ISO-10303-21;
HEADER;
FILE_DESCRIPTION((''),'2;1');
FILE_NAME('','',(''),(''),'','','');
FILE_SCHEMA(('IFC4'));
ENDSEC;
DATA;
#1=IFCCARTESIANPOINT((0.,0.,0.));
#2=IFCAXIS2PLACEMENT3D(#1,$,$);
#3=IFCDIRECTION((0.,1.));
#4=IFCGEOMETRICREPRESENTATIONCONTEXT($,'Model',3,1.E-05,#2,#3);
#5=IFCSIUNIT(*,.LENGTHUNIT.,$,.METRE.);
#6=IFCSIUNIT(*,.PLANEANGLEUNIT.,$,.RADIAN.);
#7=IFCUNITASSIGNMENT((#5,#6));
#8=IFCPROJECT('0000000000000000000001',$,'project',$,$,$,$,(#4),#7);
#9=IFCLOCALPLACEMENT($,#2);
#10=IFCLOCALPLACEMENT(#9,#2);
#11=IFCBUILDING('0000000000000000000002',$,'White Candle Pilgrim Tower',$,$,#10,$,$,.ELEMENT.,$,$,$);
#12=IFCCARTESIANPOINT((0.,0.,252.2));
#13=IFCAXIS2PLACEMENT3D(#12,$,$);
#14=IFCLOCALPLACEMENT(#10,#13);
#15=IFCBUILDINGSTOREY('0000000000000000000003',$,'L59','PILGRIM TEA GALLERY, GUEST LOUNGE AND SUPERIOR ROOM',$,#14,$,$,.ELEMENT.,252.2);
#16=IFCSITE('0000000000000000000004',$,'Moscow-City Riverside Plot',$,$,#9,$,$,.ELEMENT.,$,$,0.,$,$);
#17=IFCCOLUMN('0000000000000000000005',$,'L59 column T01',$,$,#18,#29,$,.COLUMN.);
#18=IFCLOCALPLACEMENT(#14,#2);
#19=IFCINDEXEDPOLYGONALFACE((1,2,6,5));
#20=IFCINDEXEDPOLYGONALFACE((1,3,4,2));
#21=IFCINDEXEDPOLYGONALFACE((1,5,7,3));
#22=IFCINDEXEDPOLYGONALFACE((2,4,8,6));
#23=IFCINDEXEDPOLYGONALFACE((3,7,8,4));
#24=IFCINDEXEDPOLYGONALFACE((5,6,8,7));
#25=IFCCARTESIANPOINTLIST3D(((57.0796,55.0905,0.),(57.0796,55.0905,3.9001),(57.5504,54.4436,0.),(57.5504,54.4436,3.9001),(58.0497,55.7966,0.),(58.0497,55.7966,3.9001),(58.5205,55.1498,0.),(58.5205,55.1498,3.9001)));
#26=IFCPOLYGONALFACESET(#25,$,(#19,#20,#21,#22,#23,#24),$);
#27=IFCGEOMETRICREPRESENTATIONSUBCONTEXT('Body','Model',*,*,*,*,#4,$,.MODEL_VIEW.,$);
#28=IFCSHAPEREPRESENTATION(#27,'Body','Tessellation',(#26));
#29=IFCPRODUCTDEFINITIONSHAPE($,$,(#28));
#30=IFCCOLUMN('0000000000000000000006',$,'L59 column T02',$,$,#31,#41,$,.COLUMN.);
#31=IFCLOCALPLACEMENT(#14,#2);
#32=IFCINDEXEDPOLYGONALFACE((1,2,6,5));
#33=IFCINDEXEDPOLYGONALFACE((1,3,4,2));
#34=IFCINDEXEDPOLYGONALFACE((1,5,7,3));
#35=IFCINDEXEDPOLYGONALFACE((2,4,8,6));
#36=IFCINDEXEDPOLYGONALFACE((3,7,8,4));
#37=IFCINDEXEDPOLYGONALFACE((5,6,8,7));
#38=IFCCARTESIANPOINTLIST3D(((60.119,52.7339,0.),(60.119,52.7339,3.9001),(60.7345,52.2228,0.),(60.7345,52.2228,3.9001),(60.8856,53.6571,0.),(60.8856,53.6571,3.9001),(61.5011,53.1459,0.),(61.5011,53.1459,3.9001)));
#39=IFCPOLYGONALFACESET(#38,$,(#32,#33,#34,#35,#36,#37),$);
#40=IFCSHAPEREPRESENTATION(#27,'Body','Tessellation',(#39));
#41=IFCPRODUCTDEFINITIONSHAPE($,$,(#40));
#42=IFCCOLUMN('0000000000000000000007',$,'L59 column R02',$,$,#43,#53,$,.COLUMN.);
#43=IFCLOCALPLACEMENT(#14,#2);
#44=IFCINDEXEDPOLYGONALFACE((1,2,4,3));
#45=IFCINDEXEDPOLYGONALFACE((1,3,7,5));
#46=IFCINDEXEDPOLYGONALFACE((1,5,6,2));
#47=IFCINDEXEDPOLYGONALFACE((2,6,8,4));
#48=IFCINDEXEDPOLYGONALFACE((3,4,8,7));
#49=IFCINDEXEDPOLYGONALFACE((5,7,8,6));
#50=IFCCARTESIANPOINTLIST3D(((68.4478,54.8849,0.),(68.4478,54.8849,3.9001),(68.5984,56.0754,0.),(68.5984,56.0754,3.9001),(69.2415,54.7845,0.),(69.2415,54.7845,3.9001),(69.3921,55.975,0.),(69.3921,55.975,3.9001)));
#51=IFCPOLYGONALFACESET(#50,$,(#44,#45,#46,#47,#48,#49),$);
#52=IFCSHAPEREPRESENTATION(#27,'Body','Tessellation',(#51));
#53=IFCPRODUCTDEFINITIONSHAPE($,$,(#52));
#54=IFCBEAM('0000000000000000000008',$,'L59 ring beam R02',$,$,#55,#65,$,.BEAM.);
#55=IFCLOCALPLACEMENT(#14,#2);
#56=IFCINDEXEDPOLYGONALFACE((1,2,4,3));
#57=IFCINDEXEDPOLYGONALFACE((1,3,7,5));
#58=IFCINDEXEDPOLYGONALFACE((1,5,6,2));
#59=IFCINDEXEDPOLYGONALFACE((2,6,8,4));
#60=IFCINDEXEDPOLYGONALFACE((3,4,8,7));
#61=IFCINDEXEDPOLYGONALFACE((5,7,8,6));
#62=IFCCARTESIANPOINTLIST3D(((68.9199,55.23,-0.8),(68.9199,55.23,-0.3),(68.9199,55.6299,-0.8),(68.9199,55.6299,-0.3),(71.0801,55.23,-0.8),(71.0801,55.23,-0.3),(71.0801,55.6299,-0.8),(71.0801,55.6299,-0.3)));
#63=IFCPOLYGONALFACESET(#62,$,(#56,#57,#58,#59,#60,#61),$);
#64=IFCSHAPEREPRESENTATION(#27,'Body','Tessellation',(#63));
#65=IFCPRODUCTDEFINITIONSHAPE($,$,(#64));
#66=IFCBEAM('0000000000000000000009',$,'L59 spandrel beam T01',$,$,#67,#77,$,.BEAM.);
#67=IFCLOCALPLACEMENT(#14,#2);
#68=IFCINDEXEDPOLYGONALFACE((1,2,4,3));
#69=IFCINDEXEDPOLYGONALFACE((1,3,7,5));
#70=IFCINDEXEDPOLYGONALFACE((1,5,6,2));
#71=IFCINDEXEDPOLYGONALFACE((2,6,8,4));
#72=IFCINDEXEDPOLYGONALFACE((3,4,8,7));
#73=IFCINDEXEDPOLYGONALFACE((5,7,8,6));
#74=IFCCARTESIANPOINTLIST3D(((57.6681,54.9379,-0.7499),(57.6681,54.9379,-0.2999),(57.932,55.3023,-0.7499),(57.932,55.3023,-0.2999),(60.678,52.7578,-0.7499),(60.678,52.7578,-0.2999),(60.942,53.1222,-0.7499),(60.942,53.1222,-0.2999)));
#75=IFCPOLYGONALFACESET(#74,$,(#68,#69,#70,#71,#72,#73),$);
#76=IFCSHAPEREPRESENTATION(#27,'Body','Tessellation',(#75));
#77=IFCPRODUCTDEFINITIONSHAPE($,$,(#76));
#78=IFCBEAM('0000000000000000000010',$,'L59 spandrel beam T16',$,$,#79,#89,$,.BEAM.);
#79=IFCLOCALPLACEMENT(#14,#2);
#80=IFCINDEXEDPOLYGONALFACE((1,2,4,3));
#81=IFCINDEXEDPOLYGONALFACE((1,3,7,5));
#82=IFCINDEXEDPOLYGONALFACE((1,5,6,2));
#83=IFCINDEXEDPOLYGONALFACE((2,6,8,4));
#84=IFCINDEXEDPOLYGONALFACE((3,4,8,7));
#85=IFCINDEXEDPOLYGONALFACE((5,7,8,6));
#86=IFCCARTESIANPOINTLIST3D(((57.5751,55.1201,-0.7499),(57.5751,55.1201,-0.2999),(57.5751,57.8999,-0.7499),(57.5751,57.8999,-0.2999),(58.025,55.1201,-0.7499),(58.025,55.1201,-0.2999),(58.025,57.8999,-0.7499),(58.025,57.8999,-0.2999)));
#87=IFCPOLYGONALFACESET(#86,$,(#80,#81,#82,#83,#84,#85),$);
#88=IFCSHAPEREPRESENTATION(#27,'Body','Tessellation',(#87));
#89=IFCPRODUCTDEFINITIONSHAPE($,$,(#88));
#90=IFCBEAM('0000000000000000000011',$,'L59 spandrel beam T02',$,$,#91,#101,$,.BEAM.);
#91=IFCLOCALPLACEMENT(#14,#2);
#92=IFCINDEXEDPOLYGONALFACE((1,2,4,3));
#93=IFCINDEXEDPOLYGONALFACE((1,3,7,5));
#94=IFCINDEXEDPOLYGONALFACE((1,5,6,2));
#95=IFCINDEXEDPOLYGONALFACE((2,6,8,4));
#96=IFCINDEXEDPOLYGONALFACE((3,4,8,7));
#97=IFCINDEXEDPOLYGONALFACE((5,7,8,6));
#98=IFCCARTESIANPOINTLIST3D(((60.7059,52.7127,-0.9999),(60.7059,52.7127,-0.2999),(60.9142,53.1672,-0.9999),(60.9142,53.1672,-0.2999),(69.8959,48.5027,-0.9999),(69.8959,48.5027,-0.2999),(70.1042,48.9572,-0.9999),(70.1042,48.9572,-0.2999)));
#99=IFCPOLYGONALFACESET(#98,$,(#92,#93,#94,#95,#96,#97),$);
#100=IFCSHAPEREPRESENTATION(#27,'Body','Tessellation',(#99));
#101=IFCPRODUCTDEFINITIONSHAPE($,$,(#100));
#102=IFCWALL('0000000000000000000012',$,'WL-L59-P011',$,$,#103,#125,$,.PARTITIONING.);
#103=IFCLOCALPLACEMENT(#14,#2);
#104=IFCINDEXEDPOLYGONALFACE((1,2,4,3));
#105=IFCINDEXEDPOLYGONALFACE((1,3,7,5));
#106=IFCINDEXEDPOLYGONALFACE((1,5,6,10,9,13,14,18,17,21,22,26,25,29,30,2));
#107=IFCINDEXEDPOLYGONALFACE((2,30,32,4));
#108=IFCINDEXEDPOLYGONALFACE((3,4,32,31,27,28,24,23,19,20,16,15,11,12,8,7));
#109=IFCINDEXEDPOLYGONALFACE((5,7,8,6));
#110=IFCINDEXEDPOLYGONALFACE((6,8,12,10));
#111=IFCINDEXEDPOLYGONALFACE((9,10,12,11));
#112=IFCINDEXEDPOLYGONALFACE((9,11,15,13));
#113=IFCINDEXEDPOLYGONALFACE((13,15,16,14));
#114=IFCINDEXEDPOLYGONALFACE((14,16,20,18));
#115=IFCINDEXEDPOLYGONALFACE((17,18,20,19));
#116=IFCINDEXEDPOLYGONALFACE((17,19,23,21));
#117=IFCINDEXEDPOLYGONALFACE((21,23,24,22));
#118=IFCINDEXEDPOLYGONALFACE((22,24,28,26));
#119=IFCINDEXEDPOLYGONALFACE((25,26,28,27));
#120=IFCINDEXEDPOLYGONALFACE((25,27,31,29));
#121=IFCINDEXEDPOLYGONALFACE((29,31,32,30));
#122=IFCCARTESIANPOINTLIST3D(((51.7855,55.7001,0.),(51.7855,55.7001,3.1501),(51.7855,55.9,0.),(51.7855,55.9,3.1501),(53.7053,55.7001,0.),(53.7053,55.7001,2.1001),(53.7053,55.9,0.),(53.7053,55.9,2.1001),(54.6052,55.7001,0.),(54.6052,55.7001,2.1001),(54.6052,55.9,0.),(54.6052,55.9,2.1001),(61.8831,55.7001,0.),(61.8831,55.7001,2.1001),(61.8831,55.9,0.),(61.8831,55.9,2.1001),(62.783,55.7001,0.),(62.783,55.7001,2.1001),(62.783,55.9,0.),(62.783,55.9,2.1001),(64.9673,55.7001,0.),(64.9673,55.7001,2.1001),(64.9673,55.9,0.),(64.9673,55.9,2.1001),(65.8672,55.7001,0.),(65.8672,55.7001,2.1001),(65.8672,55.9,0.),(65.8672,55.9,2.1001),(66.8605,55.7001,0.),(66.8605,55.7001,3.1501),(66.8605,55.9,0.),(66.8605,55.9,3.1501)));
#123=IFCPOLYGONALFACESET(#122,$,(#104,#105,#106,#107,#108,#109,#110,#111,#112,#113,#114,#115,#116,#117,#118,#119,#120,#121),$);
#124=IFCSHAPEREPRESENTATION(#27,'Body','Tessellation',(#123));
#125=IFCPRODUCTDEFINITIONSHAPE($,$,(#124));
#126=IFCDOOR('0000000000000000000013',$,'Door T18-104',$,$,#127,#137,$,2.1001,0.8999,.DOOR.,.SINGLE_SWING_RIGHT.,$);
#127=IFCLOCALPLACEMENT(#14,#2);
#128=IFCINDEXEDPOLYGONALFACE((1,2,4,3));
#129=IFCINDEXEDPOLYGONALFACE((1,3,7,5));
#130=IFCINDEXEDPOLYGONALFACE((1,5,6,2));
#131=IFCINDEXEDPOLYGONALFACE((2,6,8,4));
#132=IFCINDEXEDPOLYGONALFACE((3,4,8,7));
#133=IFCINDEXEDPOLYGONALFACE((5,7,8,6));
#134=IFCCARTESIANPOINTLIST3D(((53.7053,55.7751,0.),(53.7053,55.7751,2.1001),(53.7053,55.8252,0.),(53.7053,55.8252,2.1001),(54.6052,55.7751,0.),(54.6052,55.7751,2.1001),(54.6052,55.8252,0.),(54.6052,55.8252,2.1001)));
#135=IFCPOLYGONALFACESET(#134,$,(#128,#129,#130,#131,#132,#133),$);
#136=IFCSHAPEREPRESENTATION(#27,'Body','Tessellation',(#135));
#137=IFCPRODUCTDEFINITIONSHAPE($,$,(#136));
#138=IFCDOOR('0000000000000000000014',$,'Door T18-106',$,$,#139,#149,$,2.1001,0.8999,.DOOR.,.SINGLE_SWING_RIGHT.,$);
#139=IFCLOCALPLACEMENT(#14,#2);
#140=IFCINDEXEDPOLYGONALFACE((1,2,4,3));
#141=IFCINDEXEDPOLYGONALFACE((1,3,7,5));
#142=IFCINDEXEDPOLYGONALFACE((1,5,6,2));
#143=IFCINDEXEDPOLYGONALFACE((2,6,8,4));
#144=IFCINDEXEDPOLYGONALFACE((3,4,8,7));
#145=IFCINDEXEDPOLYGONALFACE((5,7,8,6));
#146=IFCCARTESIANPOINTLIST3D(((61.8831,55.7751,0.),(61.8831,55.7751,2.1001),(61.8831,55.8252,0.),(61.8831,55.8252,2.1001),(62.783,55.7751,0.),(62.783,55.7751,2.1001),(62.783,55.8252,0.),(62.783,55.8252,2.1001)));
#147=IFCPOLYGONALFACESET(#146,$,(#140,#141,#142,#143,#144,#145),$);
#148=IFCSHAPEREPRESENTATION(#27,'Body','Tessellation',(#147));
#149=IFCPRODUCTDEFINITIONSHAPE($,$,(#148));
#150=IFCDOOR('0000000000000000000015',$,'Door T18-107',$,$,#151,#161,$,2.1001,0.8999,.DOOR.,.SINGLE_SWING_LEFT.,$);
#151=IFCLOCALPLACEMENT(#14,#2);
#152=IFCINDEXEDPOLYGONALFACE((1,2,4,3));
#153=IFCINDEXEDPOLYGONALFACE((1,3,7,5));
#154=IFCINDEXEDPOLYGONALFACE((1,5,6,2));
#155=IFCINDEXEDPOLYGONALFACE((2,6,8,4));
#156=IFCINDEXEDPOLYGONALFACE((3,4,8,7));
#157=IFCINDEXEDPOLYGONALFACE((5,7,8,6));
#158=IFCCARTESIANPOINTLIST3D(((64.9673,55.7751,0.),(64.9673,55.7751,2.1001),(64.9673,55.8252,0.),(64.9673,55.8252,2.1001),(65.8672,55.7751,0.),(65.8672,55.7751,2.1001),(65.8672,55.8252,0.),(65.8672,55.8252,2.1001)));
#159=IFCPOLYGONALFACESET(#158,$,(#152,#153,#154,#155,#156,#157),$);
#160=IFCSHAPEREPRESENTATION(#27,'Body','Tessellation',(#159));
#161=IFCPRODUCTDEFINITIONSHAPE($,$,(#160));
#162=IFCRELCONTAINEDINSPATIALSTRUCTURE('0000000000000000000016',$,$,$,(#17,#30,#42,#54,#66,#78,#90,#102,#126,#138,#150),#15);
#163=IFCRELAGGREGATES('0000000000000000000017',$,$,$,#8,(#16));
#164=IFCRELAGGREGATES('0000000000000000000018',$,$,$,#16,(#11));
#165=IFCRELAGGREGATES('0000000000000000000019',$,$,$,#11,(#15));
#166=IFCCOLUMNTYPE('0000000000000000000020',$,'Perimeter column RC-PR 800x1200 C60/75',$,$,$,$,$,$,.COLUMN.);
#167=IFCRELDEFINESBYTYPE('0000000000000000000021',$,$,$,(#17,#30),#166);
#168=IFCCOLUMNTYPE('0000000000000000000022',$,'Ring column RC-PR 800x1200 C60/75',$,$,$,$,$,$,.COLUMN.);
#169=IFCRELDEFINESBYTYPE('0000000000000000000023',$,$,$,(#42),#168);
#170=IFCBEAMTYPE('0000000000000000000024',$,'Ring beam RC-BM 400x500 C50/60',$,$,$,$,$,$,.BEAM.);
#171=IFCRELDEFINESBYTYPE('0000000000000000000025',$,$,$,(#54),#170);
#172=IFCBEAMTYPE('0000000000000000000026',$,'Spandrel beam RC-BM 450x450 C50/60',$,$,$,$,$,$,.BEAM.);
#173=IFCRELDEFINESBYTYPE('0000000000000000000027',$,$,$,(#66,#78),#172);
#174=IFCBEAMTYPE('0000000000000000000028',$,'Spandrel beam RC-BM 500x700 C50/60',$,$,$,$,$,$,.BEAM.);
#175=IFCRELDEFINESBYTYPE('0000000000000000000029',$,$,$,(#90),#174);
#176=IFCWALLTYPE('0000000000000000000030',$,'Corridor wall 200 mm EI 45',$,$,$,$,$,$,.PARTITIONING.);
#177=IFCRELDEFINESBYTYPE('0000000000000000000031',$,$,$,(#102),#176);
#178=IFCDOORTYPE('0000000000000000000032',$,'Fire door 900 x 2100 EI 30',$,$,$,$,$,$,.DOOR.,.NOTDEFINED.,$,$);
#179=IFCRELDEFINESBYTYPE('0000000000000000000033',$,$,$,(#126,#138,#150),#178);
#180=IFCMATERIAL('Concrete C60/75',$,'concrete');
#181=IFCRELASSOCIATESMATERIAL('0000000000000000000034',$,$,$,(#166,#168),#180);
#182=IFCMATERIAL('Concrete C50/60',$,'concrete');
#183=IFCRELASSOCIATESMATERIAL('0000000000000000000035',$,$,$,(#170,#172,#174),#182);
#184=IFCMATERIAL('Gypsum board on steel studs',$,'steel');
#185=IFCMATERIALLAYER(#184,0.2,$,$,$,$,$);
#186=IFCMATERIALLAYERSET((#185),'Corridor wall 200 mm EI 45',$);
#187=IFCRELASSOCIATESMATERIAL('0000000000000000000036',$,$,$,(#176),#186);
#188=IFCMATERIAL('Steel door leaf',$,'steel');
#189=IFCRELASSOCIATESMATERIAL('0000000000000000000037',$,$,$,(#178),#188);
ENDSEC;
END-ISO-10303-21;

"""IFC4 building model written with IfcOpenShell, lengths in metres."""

from ifc_helpers import new_model, si_unit, direction, frame, frame_2d, origin, origin_2d, place, context, subcontext, project, spatial, rectangle, extrude, material, layer, layer_set, material_profile, profile_set, type_object, element, fill, save


model = new_model("IFC4")

# Units and contexts
model_context = context("Model", 3, precision=1e-05, world=origin(), true_north=direction((0.0, 1.0)))
body_context = subcontext(model_context, "Body", "Model", "MODEL_VIEW")
ifc_project = project(units=[si_unit("LENGTHUNIT", "METRE"), si_unit("PLANEANGLEUNIT", "RADIAN")], contexts=[model_context])

# Site, building, storey
site_placement = place(None, origin())
site = spatial("IfcSite", under=ifc_project, at=site_placement, Name="Moscow-City Riverside Plot", CompositionType="ELEMENT", RefElevation=0.0)
building_placement = place(site_placement, origin())
building = spatial("IfcBuilding", under=site, at=building_placement, Name="White Candle Pilgrim Tower", CompositionType="ELEMENT")
storey_placement = place(building_placement, frame((0.0, 0.0, 252.2)))
storey = spatial("IfcBuildingStorey", under=building, at=storey_placement, Name="L59", Description="PILGRIM TEA GALLERY, GUEST LOUNGE AND SUPERIOR ROOM", CompositionType="ELEMENT", Elevation=252.2)

# Columns
ifc_material_1 = material(Name="Concrete C60/75", Category="concrete")
ifc_material_profile_1 = material_profile(ifc_material_1, rectangle(XDim=0.8, YDim=1.2, at=origin_2d()), Name="RC-PR 800x1200")
ifc_profile_set_1 = profile_set([ifc_material_profile_1], Name="Concrete C60/75")
column_type_1 = type_object("IfcColumnType", Name="Perimeter column RC-PR 800x1200 C60/75", PredefinedType="COLUMN", material=ifc_profile_set_1)
for number, where, z_axis, x_axis, name in (
    (1, (57.8, 55.1201, 0.0), (0.0, 0.0, 1.0), (-0.588463, 0.808524, 0.0), "L59 column T01"),
    (2, (60.8101, 52.9399, 0.0), (0.0, 0.0, 1.0), (-0.76931, 0.638875, 0.0), "L59 column T02"),
):
    element("IfcColumn", number, at=place(storey_placement, frame(where, z_axis=z_axis, x_axis=x_axis)), inside=storey, type_object=column_type_1, Name=name, PredefinedType="COLUMN", context=body_context, shape_type="SweptSolid", body=[
        extrude(rectangle(XDim=0.8, YDim=1.2, at=origin_2d()), origin(), (0.0, 0.0, 1.0), 3.9001),
    ])
ifc_material_profile_2 = material_profile(ifc_material_1, rectangle(XDim=0.8, YDim=1.2, at=origin_2d()), Name="RC-PR 800x1200")
ifc_profile_set_2 = profile_set([ifc_material_profile_2], Name="Concrete C60/75")
column_type_2 = type_object("IfcColumnType", Name="Ring column RC-PR 800x1200 C60/75", PredefinedType="COLUMN", material=ifc_profile_set_2)
column_placement = place(storey_placement, frame((68.9199, 55.4299, 0.0), z_axis=(0.0, 0.0, 1.0), x_axis=(-0.992093, 0.125506, 0.0)))
element("IfcColumn", 3, at=column_placement, inside=storey, type_object=column_type_2, Name="L59 column R02", PredefinedType="COLUMN", context=body_context, shape_type="SweptSolid", body=[
    extrude(rectangle(XDim=0.8, YDim=1.2, at=origin_2d()), origin(), (0.0, 0.0, 1.0), 3.9001),
])

# Beams
ifc_material_2 = material(Name="Concrete C50/60", Category="concrete")
ifc_material_profile_3 = material_profile(ifc_material_2, rectangle(XDim=0.3999, YDim=0.5, at=origin_2d()), Name="RC-BM 400x500")
ifc_profile_set_3 = profile_set([ifc_material_profile_3], Name="Concrete C50/60")
beam_type_1 = type_object("IfcBeamType", Name="Ring beam RC-BM 400x500 C50/60", PredefinedType="BEAM", material=ifc_profile_set_3)
beam_1_placement = place(storey_placement, frame((68.9199, 55.4299, -0.55), z_axis=(1.0, 0.0, 0.0), x_axis=(0.0, 1.0, 0.0)))
element("IfcBeam", 4, at=beam_1_placement, inside=storey, type_object=beam_type_1, Name="L59 ring beam R02", PredefinedType="BEAM", context=body_context, shape_type="SweptSolid", body=[
    extrude(rectangle(XDim=0.3999, YDim=0.5, at=origin_2d()), origin(), (0.0, 0.0, 1.0), 2.1602),
])
ifc_material_profile_4 = material_profile(ifc_material_2, rectangle(XDim=0.45, YDim=0.45, at=origin_2d()), Name="RC-BM 450x450")
ifc_profile_set_4 = profile_set([ifc_material_profile_4], Name="Concrete C50/60")
beam_type_2 = type_object("IfcBeamType", Name="Spandrel beam RC-BM 450x450 C50/60", PredefinedType="BEAM", material=ifc_profile_set_4)
beam_2_placement = place(storey_placement, frame((57.8, 55.1201, -0.5249), z_axis=(0.809876, -0.5866, 0.0), x_axis=(0.5866, 0.809876, 0.0)))
element("IfcBeam", 5, at=beam_2_placement, inside=storey, type_object=beam_type_2, Name="L59 spandrel beam T01", PredefinedType="BEAM", context=body_context, shape_type="SweptSolid", body=[
    extrude(rectangle(XDim=0.45, YDim=0.45, at=origin_2d()), origin(), (0.0, 0.0, 1.0), 3.7166),
])
beam_3_placement = place(storey_placement, frame((57.8, 55.1201, -0.5249), z_axis=(0.0, 1.0, 0.0), x_axis=(-1.0, 0.0, 0.0)))
element("IfcBeam", 6, at=beam_3_placement, inside=storey, type_object=beam_type_2, Name="L59 spandrel beam T16", PredefinedType="BEAM", context=body_context, shape_type="SweptSolid", body=[
    extrude(rectangle(XDim=0.45, YDim=0.45, at=origin_2d()), origin(), (0.0, 0.0, 1.0), 2.7798),
])
ifc_material_profile_5 = material_profile(ifc_material_2, rectangle(XDim=0.5, YDim=0.7, at=origin_2d()), Name="RC-BM 500x700")
ifc_profile_set_5 = profile_set([ifc_material_profile_5], Name="Concrete C50/60")
beam_type_3 = type_object("IfcBeamType", Name="Spandrel beam RC-BM 500x700 C50/60", PredefinedType="BEAM", material=ifc_profile_set_5)
beam_4_placement = place(storey_placement, frame((60.8101, 52.9399, -0.6499), z_axis=(0.909143, -0.416483, 0.0), x_axis=(0.416483, 0.909143, 0.0)))
element("IfcBeam", 7, at=beam_4_placement, inside=storey, type_object=beam_type_3, Name="L59 spandrel beam T02", PredefinedType="BEAM", context=body_context, shape_type="SweptSolid", body=[
    extrude(rectangle(XDim=0.5, YDim=0.7, at=origin_2d()), origin(), (0.0, 0.0, 1.0), 10.1084),
])

# Wall, openings, doors
ifc_material_3 = material(Name="Gypsum board on steel studs", Category="steel")
ifc_layer_1 = layer(ifc_material_3, 0.2)
ifc_layer_set_1 = layer_set([ifc_layer_1], Name="Corridor wall 200 mm EI 45")
wall_type_1 = type_object("IfcWallType", Name="Corridor wall 200 mm EI 45", PredefinedType="PARTITIONING", material=ifc_layer_set_1)
wall_1_placement = place(storey_placement, frame((66.8606, 55.8, 0.0), z_axis=(0.0, 0.0, 1.0), x_axis=(-1.0, 0.0, 0.0)))
wall_1 = element("IfcWall", 8, at=wall_1_placement, inside=storey, type_object=wall_type_1, Name="WL-L59-P011", PredefinedType="PARTITIONING", context=body_context, shape_type="SweptSolid", body=[
    extrude(rectangle(XDim=15.075, YDim=0.2, at=frame_2d((7.5376, 0.0))), origin(), (0.0, 0.0, 1.0), 3.1501),
])
opening_1_placement = place(wall_1_placement, frame((12.2554, 0.0, 0.0)))
opening_1 = element("IfcOpeningElement", 9, at=opening_1_placement, cuts=wall_1, PredefinedType="OPENING", context=body_context, shape_type="SweptSolid", body=[
    extrude(rectangle(XDim=0.8999, YDim=2.1001, at=frame_2d((0.45, 1.05))), frame((0.0, 0.1099, 0.0), z_axis=(0.0, -1.0, 0.0), x_axis=(1.0, 0.0, 0.0)), (0.0, 0.0, 1.0), 0.22),
])
opening_2_placement = place(wall_1_placement, frame((4.0776, 0.0, 0.0)))
opening_2 = element("IfcOpeningElement", 10, at=opening_2_placement, cuts=wall_1, PredefinedType="OPENING", context=body_context, shape_type="SweptSolid", body=[
    extrude(rectangle(XDim=0.8999, YDim=2.1001, at=frame_2d((0.45, 1.05))), frame((0.0, 0.1099, 0.0), z_axis=(0.0, -1.0, 0.0), x_axis=(1.0, 0.0, 0.0)), (0.0, 0.0, 1.0), 0.22),
])
opening_3_placement = place(wall_1_placement, frame((0.9934, 0.0, 0.0)))
opening_3 = element("IfcOpeningElement", 11, at=opening_3_placement, cuts=wall_1, PredefinedType="OPENING", context=body_context, shape_type="SweptSolid", body=[
    extrude(rectangle(XDim=0.8999, YDim=2.1001, at=frame_2d((0.45, 1.05))), frame((0.0, 0.1099, 0.0), z_axis=(0.0, -1.0, 0.0), x_axis=(1.0, 0.0, 0.0)), (0.0, 0.0, 1.0), 0.22),
])
ifc_material_4 = material(Name="Steel door leaf", Category="steel")
door_type_1 = type_object("IfcDoorType", Name="Fire door 900 x 2100 EI 30", OperationType="NOTDEFINED", PredefinedType="DOOR", material=ifc_material_4)
door_1_placement = place(opening_1_placement, origin())
door_1 = element("IfcDoor", 12, at=door_1_placement, inside=storey, type_object=door_type_1, Name="Door T18-104", OperationType="SINGLE_SWING_RIGHT", OverallHeight=2.1001, OverallWidth=0.8999, PredefinedType="DOOR", context=body_context, shape_type="SweptSolid", body=[
    extrude(rectangle(XDim=0.8999, YDim=2.1001, at=frame_2d((0.45, 1.05))), frame((0.0, 0.0249, 0.0), z_axis=(0.0, -1.0, 0.0), x_axis=(1.0, 0.0, 0.0)), (0.0, 0.0, 1.0), 0.05),
])
fill(opening_1, door_1)
door_2_placement = place(opening_2_placement, origin())
door_2 = element("IfcDoor", 13, at=door_2_placement, inside=storey, type_object=door_type_1, Name="Door T18-106", OperationType="SINGLE_SWING_RIGHT", OverallHeight=2.1001, OverallWidth=0.8999, PredefinedType="DOOR", context=body_context, shape_type="SweptSolid", body=[
    extrude(rectangle(XDim=0.8999, YDim=2.1001, at=frame_2d((0.45, 1.05))), frame((0.0, 0.0249, 0.0), z_axis=(0.0, -1.0, 0.0), x_axis=(1.0, 0.0, 0.0)), (0.0, 0.0, 1.0), 0.05),
])
fill(opening_2, door_2)
door_3_placement = place(opening_3_placement, origin())
door_3 = element("IfcDoor", 14, at=door_3_placement, inside=storey, type_object=door_type_1, Name="Door T18-107", OperationType="SINGLE_SWING_LEFT", OverallHeight=2.1001, OverallWidth=0.8999, PredefinedType="DOOR", context=body_context, shape_type="SweptSolid", body=[
    extrude(rectangle(XDim=0.8999, YDim=2.1001, at=frame_2d((0.45, 1.05))), frame((0.0, 0.0249, 0.0), z_axis=(0.0, -1.0, 0.0), x_axis=(1.0, 0.0, 0.0)), (0.0, 0.0, 1.0), 0.05),
])
fill(opening_3, door_3)

save(model, "model.ifc")
